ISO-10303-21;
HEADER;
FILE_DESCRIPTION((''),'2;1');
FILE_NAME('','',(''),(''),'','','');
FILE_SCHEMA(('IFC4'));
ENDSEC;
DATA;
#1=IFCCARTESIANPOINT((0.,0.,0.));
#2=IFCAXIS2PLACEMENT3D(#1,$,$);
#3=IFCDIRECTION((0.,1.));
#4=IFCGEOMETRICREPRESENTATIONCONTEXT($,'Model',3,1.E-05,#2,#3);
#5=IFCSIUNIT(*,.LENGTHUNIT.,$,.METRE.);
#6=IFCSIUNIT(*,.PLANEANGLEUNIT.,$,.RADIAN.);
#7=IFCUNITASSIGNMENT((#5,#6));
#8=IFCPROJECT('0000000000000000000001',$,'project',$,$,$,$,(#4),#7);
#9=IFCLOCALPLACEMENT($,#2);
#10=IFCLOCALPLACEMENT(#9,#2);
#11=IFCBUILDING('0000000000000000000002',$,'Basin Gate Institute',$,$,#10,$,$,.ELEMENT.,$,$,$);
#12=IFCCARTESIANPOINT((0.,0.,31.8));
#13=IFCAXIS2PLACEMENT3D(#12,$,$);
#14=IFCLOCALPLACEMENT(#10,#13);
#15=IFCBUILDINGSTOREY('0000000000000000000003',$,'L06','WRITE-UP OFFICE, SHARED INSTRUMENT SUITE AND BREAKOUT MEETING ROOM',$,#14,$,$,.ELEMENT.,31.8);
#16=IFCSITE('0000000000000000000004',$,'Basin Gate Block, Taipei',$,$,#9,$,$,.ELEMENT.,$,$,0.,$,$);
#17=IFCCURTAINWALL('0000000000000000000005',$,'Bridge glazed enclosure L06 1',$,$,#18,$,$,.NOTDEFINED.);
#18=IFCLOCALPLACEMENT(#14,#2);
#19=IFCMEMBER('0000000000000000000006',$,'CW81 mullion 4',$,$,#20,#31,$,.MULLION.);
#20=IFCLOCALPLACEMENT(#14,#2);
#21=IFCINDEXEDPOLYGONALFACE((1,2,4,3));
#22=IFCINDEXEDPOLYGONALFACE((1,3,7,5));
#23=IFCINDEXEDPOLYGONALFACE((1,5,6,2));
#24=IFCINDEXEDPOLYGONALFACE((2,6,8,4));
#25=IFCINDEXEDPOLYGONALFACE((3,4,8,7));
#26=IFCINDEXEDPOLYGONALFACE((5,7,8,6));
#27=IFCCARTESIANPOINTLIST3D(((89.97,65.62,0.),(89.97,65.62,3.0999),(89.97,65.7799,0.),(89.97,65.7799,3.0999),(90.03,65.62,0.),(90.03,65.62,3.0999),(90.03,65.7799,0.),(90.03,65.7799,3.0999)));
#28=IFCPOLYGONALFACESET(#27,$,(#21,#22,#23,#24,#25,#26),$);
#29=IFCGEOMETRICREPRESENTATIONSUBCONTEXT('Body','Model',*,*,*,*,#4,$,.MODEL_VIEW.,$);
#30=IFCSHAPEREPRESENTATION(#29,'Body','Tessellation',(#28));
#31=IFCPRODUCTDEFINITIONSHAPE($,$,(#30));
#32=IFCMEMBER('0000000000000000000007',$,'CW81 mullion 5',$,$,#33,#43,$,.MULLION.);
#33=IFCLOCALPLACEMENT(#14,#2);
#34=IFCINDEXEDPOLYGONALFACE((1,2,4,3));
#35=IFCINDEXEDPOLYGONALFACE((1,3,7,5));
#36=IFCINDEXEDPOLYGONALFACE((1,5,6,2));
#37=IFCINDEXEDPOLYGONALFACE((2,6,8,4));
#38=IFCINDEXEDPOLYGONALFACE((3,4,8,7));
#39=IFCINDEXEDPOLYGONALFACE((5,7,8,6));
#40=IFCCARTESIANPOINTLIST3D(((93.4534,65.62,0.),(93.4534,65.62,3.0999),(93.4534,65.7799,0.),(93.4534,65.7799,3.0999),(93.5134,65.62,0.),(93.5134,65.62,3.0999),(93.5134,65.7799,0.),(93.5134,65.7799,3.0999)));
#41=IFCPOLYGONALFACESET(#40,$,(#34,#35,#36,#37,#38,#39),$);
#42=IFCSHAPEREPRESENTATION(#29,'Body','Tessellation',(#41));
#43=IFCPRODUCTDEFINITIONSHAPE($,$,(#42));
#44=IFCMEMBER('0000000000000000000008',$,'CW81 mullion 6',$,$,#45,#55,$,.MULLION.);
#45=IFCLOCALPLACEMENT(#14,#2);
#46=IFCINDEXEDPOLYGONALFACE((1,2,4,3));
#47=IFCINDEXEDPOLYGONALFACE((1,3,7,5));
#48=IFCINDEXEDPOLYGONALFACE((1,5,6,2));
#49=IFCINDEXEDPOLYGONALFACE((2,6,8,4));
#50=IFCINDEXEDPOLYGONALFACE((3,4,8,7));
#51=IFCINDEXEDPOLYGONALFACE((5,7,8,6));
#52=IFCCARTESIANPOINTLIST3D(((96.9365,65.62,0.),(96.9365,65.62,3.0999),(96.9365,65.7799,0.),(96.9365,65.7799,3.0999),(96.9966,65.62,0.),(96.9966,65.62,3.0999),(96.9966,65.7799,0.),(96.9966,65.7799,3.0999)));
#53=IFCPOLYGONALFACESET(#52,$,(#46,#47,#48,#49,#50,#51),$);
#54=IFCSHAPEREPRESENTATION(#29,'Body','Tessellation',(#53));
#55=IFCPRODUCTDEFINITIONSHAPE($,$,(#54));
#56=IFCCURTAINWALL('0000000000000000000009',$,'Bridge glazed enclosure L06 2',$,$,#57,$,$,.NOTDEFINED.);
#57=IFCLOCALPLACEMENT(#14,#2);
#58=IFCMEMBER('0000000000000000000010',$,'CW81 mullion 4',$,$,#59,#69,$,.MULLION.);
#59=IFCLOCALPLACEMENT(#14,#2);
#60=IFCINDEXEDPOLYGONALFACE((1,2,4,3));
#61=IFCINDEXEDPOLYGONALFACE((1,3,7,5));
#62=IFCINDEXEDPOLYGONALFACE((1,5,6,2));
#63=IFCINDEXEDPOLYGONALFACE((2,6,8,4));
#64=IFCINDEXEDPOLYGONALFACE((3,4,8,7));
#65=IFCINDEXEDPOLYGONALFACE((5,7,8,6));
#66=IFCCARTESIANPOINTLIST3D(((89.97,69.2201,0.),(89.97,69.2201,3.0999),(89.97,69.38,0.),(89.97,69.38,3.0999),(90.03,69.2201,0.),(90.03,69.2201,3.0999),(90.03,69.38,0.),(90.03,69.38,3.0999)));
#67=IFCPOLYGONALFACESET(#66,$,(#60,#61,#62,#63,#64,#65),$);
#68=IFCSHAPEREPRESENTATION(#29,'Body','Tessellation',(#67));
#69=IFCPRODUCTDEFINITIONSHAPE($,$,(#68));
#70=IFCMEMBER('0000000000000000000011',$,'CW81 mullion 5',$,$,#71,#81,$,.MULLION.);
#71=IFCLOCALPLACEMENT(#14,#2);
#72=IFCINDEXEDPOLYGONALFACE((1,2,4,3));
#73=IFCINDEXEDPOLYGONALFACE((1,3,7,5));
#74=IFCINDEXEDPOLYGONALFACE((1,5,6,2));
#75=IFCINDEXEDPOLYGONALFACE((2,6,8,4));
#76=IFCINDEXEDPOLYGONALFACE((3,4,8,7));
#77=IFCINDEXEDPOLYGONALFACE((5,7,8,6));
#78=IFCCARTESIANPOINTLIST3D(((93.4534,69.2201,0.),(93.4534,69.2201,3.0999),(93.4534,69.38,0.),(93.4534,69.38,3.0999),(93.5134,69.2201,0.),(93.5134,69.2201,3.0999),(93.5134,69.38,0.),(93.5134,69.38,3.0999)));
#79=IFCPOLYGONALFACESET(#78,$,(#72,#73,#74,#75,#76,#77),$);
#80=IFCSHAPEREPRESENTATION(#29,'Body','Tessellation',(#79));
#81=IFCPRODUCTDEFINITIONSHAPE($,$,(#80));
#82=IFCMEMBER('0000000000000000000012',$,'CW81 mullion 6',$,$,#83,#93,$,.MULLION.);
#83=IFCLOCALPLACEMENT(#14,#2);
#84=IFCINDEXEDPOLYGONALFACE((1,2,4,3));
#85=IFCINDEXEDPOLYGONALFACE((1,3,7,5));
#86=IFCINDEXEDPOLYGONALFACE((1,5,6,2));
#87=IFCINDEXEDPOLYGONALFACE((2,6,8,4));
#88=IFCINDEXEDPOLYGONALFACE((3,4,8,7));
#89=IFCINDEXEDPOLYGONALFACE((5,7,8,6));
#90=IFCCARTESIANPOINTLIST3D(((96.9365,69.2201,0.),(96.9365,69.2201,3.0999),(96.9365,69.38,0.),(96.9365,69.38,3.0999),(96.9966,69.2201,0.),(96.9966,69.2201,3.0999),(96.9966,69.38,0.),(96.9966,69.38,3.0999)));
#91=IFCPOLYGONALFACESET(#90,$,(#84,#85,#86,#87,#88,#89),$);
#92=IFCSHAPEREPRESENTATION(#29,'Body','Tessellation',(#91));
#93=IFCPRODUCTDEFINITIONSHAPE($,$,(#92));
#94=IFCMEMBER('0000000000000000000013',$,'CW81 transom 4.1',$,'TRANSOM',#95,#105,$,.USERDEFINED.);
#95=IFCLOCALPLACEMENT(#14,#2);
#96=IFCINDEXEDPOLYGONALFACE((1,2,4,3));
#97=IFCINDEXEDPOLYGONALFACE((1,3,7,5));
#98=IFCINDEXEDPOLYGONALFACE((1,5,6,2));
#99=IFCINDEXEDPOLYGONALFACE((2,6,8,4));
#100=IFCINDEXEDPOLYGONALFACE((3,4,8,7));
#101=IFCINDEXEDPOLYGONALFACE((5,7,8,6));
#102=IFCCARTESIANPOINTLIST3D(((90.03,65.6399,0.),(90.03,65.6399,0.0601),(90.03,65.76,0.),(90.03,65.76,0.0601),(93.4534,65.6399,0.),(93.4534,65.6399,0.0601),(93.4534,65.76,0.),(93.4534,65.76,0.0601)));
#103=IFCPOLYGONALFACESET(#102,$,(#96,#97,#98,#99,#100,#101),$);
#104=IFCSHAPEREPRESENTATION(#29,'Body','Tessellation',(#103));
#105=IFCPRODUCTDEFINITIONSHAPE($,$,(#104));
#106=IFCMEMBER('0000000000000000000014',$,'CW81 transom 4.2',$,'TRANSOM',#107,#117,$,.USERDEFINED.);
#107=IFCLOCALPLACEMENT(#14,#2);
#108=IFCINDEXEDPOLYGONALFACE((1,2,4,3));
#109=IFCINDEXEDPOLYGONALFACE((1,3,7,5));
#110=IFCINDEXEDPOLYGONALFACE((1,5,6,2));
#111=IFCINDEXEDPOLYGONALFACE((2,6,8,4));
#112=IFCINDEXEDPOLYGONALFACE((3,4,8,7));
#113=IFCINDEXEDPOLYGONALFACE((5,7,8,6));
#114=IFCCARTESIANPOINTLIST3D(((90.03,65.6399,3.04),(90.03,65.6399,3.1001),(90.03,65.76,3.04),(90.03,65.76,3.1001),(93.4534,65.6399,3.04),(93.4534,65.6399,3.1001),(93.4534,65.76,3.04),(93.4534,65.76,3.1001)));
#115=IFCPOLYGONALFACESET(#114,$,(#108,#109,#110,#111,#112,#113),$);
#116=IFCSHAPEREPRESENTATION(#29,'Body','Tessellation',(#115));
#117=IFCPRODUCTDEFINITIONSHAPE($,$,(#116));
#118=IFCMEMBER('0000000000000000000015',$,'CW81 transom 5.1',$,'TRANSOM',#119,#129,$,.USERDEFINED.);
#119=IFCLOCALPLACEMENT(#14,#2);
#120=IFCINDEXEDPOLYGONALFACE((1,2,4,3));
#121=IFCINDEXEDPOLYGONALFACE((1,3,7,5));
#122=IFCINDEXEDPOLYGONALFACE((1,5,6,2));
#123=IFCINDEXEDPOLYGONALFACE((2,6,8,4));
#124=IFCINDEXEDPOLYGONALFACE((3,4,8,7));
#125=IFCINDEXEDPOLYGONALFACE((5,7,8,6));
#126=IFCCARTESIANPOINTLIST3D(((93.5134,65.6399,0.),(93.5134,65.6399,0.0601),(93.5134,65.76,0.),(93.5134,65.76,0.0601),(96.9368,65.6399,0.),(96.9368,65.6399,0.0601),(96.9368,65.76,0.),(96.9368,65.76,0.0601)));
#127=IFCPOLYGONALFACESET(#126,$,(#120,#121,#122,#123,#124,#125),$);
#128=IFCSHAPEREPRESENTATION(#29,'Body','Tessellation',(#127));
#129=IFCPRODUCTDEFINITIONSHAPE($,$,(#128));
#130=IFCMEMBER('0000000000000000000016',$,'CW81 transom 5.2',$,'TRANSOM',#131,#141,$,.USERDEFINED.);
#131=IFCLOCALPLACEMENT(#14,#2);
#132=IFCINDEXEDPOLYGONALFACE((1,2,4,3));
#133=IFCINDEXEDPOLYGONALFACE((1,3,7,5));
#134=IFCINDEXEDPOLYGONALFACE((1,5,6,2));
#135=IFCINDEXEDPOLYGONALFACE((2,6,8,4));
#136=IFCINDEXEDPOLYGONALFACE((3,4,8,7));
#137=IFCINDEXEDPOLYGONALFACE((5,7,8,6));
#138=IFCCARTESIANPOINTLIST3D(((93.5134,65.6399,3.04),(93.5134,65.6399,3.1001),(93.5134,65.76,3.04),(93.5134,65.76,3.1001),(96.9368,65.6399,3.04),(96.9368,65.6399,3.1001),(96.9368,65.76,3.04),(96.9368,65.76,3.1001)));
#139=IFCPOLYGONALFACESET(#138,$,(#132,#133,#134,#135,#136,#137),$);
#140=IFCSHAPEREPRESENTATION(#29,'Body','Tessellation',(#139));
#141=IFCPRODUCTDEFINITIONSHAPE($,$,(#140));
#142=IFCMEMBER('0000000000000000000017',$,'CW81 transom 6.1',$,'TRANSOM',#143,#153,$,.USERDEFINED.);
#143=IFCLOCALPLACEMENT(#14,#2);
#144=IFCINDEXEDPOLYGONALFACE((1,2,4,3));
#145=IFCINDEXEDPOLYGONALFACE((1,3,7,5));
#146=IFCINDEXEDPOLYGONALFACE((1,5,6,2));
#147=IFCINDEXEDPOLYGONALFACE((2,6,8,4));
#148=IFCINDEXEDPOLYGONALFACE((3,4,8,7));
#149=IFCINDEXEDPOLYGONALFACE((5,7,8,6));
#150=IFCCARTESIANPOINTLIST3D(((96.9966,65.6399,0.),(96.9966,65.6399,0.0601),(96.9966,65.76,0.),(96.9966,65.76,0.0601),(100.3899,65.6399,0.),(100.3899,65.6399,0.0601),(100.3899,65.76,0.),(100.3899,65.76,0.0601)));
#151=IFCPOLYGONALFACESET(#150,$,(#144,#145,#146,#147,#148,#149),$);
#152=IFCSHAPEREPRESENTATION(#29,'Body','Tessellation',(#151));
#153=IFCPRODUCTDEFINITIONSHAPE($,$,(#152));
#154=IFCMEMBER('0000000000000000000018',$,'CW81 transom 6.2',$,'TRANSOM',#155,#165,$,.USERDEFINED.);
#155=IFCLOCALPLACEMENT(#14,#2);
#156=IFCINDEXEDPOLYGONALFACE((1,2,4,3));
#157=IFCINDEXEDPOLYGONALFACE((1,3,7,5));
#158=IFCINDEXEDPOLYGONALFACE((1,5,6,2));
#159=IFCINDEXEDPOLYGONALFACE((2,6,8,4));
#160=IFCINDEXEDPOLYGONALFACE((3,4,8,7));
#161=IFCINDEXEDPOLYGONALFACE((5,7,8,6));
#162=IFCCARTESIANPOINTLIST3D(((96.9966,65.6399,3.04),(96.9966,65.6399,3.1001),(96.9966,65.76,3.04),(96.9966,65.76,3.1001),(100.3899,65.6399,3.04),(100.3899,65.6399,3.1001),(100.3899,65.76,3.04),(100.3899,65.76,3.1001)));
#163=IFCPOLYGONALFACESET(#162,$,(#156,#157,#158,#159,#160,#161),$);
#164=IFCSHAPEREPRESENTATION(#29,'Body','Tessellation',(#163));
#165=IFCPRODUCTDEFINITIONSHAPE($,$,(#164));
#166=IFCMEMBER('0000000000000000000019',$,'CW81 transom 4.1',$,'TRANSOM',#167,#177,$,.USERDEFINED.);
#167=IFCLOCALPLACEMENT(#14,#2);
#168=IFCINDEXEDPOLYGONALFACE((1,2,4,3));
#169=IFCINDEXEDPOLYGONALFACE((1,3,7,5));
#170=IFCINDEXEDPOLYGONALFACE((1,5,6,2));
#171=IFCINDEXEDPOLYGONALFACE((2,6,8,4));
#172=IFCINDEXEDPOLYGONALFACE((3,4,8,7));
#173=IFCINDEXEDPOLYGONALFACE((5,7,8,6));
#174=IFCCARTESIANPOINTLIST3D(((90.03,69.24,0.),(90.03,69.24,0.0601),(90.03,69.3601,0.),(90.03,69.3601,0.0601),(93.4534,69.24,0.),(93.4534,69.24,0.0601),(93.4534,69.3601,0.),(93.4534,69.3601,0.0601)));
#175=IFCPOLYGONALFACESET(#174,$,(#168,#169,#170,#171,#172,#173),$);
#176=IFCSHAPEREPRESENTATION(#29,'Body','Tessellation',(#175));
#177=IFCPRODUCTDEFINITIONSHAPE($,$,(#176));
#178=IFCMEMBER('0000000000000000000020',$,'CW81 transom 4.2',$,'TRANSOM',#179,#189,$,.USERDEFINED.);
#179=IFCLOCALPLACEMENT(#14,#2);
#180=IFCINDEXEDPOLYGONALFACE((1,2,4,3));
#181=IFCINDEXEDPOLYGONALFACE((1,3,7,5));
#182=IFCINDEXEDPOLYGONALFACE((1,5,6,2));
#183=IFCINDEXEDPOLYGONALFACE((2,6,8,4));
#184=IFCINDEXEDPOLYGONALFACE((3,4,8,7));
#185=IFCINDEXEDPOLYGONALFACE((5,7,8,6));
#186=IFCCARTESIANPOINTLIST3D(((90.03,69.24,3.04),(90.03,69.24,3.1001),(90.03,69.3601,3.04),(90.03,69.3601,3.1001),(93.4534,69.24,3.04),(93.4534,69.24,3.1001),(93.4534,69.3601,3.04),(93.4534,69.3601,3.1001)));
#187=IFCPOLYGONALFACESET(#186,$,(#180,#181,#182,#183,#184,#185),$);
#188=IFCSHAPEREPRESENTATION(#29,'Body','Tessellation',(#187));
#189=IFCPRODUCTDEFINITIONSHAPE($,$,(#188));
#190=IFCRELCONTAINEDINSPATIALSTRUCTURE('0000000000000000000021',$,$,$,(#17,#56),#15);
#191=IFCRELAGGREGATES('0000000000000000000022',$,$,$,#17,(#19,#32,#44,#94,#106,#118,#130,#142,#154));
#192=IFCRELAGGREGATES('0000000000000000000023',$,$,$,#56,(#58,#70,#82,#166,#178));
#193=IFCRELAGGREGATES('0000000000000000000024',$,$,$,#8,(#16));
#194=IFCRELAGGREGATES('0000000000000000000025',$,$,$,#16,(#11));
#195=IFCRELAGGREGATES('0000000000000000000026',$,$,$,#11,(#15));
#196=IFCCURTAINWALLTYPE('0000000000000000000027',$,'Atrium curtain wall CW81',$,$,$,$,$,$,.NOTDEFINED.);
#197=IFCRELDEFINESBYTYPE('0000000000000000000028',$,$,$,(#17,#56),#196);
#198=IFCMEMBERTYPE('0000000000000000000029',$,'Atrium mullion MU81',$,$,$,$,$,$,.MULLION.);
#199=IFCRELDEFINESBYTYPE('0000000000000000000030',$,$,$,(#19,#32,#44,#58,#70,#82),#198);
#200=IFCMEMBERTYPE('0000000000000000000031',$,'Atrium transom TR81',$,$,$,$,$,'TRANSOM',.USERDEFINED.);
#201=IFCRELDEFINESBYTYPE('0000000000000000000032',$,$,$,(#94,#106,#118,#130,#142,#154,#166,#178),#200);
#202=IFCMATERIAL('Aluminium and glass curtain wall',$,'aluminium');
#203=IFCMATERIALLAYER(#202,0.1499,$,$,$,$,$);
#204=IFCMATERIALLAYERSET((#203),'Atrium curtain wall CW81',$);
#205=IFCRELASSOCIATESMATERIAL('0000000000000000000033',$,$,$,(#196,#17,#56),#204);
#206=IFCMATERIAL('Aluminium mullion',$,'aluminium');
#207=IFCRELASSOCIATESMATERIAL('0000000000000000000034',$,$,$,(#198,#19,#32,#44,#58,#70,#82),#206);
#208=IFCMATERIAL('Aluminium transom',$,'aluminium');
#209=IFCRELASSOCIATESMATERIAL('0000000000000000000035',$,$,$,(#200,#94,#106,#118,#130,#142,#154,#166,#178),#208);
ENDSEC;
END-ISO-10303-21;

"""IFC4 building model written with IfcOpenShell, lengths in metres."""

from ifc_helpers import new_model, si_unit, direction, frame, origin, origin_2d, place, context, subcontext, project, spatial, rectangle, extrude, material, layer, layer_set, material_profile, profile_set, type_object, element, aggregate, save


model = new_model("IFC4")

# Units and contexts
model_context = context("Model", 3, precision=1e-05, world=origin(), true_north=direction((0.0, 1.0)))
body_context = subcontext(model_context, "Body", "Model", "MODEL_VIEW")
ifc_project = project(units=[si_unit("LENGTHUNIT", "METRE"), si_unit("PLANEANGLEUNIT", "RADIAN")], contexts=[model_context])

# Site, building, storey
site_placement = place(None, origin())
site = spatial("IfcSite", under=ifc_project, at=site_placement, Name="Basin Gate Block, Taipei", CompositionType="ELEMENT", RefElevation=0.0)
building_placement = place(site_placement, origin())
building = spatial("IfcBuilding", under=site, at=building_placement, Name="Basin Gate Institute", CompositionType="ELEMENT")
storey_placement = place(building_placement, frame((0.0, 0.0, 31.8)))
storey = spatial("IfcBuildingStorey", under=building, at=storey_placement, Name="L06", Description="WRITE-UP OFFICE, SHARED INSTRUMENT SUITE AND BREAKOUT MEETING ROOM", CompositionType="ELEMENT", Elevation=31.8)

# Curtain walls, members
ifc_material_1 = material(Name="Aluminium and glass curtain wall", Category="aluminium")
ifc_layer_1 = layer(ifc_material_1, 0.1499)
ifc_layer_set_1 = layer_set([ifc_layer_1], Name="Atrium curtain wall CW81")
curtain_wall_type = type_object("IfcCurtainWallType", Name="Atrium curtain wall CW81", PredefinedType="NOTDEFINED", material=ifc_layer_set_1)
curtain_wall_1_placement = place(storey_placement, origin())
curtain_wall_1 = element("IfcCurtainWall", 1, at=curtain_wall_1_placement, inside=storey, type_object=curtain_wall_type, material=ifc_layer_set_1, Name="Bridge glazed enclosure L06 1", PredefinedType="NOTDEFINED")
ifc_material_2 = material(Name="Aluminium mullion", Category="aluminium")
ifc_material_profile_1 = material_profile(ifc_material_2, rectangle(XDim=0.1599, YDim=0.0601, at=origin_2d()), Name="Atrium mullion MU81 160 x 60")
ifc_profile_set_1 = profile_set([ifc_material_profile_1], Name="Aluminium mullion")
member_type_1 = type_object("IfcMemberType", Name="Atrium mullion MU81", PredefinedType="MULLION", material=ifc_profile_set_1)
member_1_placement = place(storey_placement, frame((90.0, 65.7, 0.0), z_axis=(0.0, 0.0, 1.0), x_axis=(0.0, 1.0, 0.0)))
member_1 = element("IfcMember", 2, at=member_1_placement, type_object=member_type_1, material=ifc_profile_set_1, Name="CW81 mullion 4", PredefinedType="MULLION", context=body_context, shape_type="SweptSolid", body=[
    extrude(rectangle(XDim=0.1599, YDim=0.0601, at=origin_2d()), origin(), (0.0, 0.0, 1.0), 3.0999),
])
member_2_placement = place(storey_placement, frame((93.4834, 65.7, 0.0), z_axis=(0.0, 0.0, 1.0), x_axis=(0.0, 1.0, 0.0)))
member_2 = element("IfcMember", 3, at=member_2_placement, type_object=member_type_1, material=ifc_profile_set_1, Name="CW81 mullion 5", PredefinedType="MULLION", context=body_context, shape_type="SweptSolid", body=[
    extrude(rectangle(XDim=0.1599, YDim=0.0601, at=origin_2d()), origin(), (0.0, 0.0, 1.0), 3.0999),
])
member_3_placement = place(storey_placement, frame((96.9666, 65.7, 0.0), z_axis=(0.0, 0.0, 1.0), x_axis=(0.0, 1.0, 0.0)))
member_3 = element("IfcMember", 4, at=member_3_placement, type_object=member_type_1, material=ifc_profile_set_1, Name="CW81 mullion 6", PredefinedType="MULLION", context=body_context, shape_type="SweptSolid", body=[
    extrude(rectangle(XDim=0.1599, YDim=0.0601, at=origin_2d()), origin(), (0.0, 0.0, 1.0), 3.0999),
])
curtain_wall_2_placement = place(storey_placement, origin())
curtain_wall_2 = element("IfcCurtainWall", 5, at=curtain_wall_2_placement, inside=storey, type_object=curtain_wall_type, material=ifc_layer_set_1, Name="Bridge glazed enclosure L06 2", PredefinedType="NOTDEFINED")
member_4_placement = place(storey_placement, frame((90.0, 69.3, 0.0), z_axis=(0.0, 0.0, 1.0), x_axis=(0.0, 1.0, 0.0)))
member_4 = element("IfcMember", 6, at=member_4_placement, type_object=member_type_1, material=ifc_profile_set_1, Name="CW81 mullion 4", PredefinedType="MULLION", context=body_context, shape_type="SweptSolid", body=[
    extrude(rectangle(XDim=0.1599, YDim=0.0601, at=origin_2d()), origin(), (0.0, 0.0, 1.0), 3.0999),
])
member_5_placement = place(storey_placement, frame((93.4834, 69.3, 0.0), z_axis=(0.0, 0.0, 1.0), x_axis=(0.0, 1.0, 0.0)))
member_5 = element("IfcMember", 7, at=member_5_placement, type_object=member_type_1, material=ifc_profile_set_1, Name="CW81 mullion 5", PredefinedType="MULLION", context=body_context, shape_type="SweptSolid", body=[
    extrude(rectangle(XDim=0.1599, YDim=0.0601, at=origin_2d()), origin(), (0.0, 0.0, 1.0), 3.0999),
])
member_6_placement = place(storey_placement, frame((96.9666, 69.3, 0.0), z_axis=(0.0, 0.0, 1.0), x_axis=(0.0, 1.0, 0.0)))
member_6 = element("IfcMember", 8, at=member_6_placement, type_object=member_type_1, material=ifc_profile_set_1, Name="CW81 mullion 6", PredefinedType="MULLION", context=body_context, shape_type="SweptSolid", body=[
    extrude(rectangle(XDim=0.1599, YDim=0.0601, at=origin_2d()), origin(), (0.0, 0.0, 1.0), 3.0999),
])

# Members
ifc_material_3 = material(Name="Aluminium transom", Category="aluminium")
ifc_material_profile_2 = material_profile(ifc_material_3, rectangle(XDim=0.1201, YDim=0.0601, at=origin_2d()), Name="Atrium transom TR81 120 x 60")
ifc_profile_set_2 = profile_set([ifc_material_profile_2], Name="Aluminium transom")
member_type_2 = type_object("IfcMemberType", Name="Atrium transom TR81", ElementType="TRANSOM", PredefinedType="USERDEFINED", material=ifc_profile_set_2)
member_7_placement = place(storey_placement, frame((90.03, 65.7, 0.03), z_axis=(1.0, 0.0, 0.0), x_axis=(0.0, 1.0, 0.0)))
member_7 = element("IfcMember", 9, at=member_7_placement, type_object=member_type_2, material=ifc_profile_set_2, Name="CW81 transom 4.1", ObjectType="TRANSOM", PredefinedType="USERDEFINED", context=body_context, shape_type="SweptSolid", body=[
    extrude(rectangle(XDim=0.1201, YDim=0.0601, at=origin_2d()), origin(), (0.0, 0.0, 1.0), 3.4233),
])
member_8_placement = place(storey_placement, frame((90.03, 65.7, 3.0701), z_axis=(1.0, 0.0, 0.0), x_axis=(0.0, 1.0, 0.0)))
member_8 = element("IfcMember", 10, at=member_8_placement, type_object=member_type_2, material=ifc_profile_set_2, Name="CW81 transom 4.2", ObjectType="TRANSOM", PredefinedType="USERDEFINED", context=body_context, shape_type="SweptSolid", body=[
    extrude(rectangle(XDim=0.1201, YDim=0.0601, at=origin_2d()), origin(), (0.0, 0.0, 1.0), 3.4233),
])
member_9_placement = place(storey_placement, frame((93.5134, 65.7, 0.03), z_axis=(1.0, 0.0, 0.0), x_axis=(0.0, 1.0, 0.0)))
member_9 = element("IfcMember", 11, at=member_9_placement, type_object=member_type_2, material=ifc_profile_set_2, Name="CW81 transom 5.1", ObjectType="TRANSOM", PredefinedType="USERDEFINED", context=body_context, shape_type="SweptSolid", body=[
    extrude(rectangle(XDim=0.1201, YDim=0.0601, at=origin_2d()), origin(), (0.0, 0.0, 1.0), 3.4233),
])
member_10_placement = place(storey_placement, frame((93.5134, 65.7, 3.0701), z_axis=(1.0, 0.0, 0.0), x_axis=(0.0, 1.0, 0.0)))
member_10 = element("IfcMember", 12, at=member_10_placement, type_object=member_type_2, material=ifc_profile_set_2, Name="CW81 transom 5.2", ObjectType="TRANSOM", PredefinedType="USERDEFINED", context=body_context, shape_type="SweptSolid", body=[
    extrude(rectangle(XDim=0.1201, YDim=0.0601, at=origin_2d()), origin(), (0.0, 0.0, 1.0), 3.4233),
])
member_11_placement = place(storey_placement, frame((96.9966, 65.7, 0.03), z_axis=(1.0, 0.0, 0.0), x_axis=(0.0, 1.0, 0.0)))
member_11 = element("IfcMember", 13, at=member_11_placement, type_object=member_type_2, material=ifc_profile_set_2, Name="CW81 transom 6.1", ObjectType="TRANSOM", PredefinedType="USERDEFINED", context=body_context, shape_type="SweptSolid", body=[
    extrude(rectangle(XDim=0.1201, YDim=0.0601, at=origin_2d()), origin(), (0.0, 0.0, 1.0), 3.3933),
])
member_12_placement = place(storey_placement, frame((96.9966, 65.7, 3.0701), z_axis=(1.0, 0.0, 0.0), x_axis=(0.0, 1.0, 0.0)))
member_12 = element("IfcMember", 14, at=member_12_placement, type_object=member_type_2, material=ifc_profile_set_2, Name="CW81 transom 6.2", ObjectType="TRANSOM", PredefinedType="USERDEFINED", context=body_context, shape_type="SweptSolid", body=[
    extrude(rectangle(XDim=0.1201, YDim=0.0601, at=origin_2d()), origin(), (0.0, 0.0, 1.0), 3.3933),
])
member_13_placement = place(storey_placement, frame((90.03, 69.3, 0.03), z_axis=(1.0, 0.0, 0.0), x_axis=(0.0, 1.0, 0.0)))
member_13 = element("IfcMember", 15, at=member_13_placement, type_object=member_type_2, material=ifc_profile_set_2, Name="CW81 transom 4.1", ObjectType="TRANSOM", PredefinedType="USERDEFINED", context=body_context, shape_type="SweptSolid", body=[
    extrude(rectangle(XDim=0.1201, YDim=0.0601, at=origin_2d()), origin(), (0.0, 0.0, 1.0), 3.4233),
])
member_14_placement = place(storey_placement, frame((90.03, 69.3, 3.0701), z_axis=(1.0, 0.0, 0.0), x_axis=(0.0, 1.0, 0.0)))
member_14 = element("IfcMember", 16, at=member_14_placement, type_object=member_type_2, material=ifc_profile_set_2, Name="CW81 transom 4.2", ObjectType="TRANSOM", PredefinedType="USERDEFINED", context=body_context, shape_type="SweptSolid", body=[
    extrude(rectangle(XDim=0.1201, YDim=0.0601, at=origin_2d()), origin(), (0.0, 0.0, 1.0), 3.4233),
])

aggregate(curtain_wall_1, [member_1, member_2, member_3, member_7, member_8, member_9, member_10, member_11, member_12])
aggregate(curtain_wall_2, [member_4, member_5, member_6, member_13, member_14])

save(model, "model.ifc")
